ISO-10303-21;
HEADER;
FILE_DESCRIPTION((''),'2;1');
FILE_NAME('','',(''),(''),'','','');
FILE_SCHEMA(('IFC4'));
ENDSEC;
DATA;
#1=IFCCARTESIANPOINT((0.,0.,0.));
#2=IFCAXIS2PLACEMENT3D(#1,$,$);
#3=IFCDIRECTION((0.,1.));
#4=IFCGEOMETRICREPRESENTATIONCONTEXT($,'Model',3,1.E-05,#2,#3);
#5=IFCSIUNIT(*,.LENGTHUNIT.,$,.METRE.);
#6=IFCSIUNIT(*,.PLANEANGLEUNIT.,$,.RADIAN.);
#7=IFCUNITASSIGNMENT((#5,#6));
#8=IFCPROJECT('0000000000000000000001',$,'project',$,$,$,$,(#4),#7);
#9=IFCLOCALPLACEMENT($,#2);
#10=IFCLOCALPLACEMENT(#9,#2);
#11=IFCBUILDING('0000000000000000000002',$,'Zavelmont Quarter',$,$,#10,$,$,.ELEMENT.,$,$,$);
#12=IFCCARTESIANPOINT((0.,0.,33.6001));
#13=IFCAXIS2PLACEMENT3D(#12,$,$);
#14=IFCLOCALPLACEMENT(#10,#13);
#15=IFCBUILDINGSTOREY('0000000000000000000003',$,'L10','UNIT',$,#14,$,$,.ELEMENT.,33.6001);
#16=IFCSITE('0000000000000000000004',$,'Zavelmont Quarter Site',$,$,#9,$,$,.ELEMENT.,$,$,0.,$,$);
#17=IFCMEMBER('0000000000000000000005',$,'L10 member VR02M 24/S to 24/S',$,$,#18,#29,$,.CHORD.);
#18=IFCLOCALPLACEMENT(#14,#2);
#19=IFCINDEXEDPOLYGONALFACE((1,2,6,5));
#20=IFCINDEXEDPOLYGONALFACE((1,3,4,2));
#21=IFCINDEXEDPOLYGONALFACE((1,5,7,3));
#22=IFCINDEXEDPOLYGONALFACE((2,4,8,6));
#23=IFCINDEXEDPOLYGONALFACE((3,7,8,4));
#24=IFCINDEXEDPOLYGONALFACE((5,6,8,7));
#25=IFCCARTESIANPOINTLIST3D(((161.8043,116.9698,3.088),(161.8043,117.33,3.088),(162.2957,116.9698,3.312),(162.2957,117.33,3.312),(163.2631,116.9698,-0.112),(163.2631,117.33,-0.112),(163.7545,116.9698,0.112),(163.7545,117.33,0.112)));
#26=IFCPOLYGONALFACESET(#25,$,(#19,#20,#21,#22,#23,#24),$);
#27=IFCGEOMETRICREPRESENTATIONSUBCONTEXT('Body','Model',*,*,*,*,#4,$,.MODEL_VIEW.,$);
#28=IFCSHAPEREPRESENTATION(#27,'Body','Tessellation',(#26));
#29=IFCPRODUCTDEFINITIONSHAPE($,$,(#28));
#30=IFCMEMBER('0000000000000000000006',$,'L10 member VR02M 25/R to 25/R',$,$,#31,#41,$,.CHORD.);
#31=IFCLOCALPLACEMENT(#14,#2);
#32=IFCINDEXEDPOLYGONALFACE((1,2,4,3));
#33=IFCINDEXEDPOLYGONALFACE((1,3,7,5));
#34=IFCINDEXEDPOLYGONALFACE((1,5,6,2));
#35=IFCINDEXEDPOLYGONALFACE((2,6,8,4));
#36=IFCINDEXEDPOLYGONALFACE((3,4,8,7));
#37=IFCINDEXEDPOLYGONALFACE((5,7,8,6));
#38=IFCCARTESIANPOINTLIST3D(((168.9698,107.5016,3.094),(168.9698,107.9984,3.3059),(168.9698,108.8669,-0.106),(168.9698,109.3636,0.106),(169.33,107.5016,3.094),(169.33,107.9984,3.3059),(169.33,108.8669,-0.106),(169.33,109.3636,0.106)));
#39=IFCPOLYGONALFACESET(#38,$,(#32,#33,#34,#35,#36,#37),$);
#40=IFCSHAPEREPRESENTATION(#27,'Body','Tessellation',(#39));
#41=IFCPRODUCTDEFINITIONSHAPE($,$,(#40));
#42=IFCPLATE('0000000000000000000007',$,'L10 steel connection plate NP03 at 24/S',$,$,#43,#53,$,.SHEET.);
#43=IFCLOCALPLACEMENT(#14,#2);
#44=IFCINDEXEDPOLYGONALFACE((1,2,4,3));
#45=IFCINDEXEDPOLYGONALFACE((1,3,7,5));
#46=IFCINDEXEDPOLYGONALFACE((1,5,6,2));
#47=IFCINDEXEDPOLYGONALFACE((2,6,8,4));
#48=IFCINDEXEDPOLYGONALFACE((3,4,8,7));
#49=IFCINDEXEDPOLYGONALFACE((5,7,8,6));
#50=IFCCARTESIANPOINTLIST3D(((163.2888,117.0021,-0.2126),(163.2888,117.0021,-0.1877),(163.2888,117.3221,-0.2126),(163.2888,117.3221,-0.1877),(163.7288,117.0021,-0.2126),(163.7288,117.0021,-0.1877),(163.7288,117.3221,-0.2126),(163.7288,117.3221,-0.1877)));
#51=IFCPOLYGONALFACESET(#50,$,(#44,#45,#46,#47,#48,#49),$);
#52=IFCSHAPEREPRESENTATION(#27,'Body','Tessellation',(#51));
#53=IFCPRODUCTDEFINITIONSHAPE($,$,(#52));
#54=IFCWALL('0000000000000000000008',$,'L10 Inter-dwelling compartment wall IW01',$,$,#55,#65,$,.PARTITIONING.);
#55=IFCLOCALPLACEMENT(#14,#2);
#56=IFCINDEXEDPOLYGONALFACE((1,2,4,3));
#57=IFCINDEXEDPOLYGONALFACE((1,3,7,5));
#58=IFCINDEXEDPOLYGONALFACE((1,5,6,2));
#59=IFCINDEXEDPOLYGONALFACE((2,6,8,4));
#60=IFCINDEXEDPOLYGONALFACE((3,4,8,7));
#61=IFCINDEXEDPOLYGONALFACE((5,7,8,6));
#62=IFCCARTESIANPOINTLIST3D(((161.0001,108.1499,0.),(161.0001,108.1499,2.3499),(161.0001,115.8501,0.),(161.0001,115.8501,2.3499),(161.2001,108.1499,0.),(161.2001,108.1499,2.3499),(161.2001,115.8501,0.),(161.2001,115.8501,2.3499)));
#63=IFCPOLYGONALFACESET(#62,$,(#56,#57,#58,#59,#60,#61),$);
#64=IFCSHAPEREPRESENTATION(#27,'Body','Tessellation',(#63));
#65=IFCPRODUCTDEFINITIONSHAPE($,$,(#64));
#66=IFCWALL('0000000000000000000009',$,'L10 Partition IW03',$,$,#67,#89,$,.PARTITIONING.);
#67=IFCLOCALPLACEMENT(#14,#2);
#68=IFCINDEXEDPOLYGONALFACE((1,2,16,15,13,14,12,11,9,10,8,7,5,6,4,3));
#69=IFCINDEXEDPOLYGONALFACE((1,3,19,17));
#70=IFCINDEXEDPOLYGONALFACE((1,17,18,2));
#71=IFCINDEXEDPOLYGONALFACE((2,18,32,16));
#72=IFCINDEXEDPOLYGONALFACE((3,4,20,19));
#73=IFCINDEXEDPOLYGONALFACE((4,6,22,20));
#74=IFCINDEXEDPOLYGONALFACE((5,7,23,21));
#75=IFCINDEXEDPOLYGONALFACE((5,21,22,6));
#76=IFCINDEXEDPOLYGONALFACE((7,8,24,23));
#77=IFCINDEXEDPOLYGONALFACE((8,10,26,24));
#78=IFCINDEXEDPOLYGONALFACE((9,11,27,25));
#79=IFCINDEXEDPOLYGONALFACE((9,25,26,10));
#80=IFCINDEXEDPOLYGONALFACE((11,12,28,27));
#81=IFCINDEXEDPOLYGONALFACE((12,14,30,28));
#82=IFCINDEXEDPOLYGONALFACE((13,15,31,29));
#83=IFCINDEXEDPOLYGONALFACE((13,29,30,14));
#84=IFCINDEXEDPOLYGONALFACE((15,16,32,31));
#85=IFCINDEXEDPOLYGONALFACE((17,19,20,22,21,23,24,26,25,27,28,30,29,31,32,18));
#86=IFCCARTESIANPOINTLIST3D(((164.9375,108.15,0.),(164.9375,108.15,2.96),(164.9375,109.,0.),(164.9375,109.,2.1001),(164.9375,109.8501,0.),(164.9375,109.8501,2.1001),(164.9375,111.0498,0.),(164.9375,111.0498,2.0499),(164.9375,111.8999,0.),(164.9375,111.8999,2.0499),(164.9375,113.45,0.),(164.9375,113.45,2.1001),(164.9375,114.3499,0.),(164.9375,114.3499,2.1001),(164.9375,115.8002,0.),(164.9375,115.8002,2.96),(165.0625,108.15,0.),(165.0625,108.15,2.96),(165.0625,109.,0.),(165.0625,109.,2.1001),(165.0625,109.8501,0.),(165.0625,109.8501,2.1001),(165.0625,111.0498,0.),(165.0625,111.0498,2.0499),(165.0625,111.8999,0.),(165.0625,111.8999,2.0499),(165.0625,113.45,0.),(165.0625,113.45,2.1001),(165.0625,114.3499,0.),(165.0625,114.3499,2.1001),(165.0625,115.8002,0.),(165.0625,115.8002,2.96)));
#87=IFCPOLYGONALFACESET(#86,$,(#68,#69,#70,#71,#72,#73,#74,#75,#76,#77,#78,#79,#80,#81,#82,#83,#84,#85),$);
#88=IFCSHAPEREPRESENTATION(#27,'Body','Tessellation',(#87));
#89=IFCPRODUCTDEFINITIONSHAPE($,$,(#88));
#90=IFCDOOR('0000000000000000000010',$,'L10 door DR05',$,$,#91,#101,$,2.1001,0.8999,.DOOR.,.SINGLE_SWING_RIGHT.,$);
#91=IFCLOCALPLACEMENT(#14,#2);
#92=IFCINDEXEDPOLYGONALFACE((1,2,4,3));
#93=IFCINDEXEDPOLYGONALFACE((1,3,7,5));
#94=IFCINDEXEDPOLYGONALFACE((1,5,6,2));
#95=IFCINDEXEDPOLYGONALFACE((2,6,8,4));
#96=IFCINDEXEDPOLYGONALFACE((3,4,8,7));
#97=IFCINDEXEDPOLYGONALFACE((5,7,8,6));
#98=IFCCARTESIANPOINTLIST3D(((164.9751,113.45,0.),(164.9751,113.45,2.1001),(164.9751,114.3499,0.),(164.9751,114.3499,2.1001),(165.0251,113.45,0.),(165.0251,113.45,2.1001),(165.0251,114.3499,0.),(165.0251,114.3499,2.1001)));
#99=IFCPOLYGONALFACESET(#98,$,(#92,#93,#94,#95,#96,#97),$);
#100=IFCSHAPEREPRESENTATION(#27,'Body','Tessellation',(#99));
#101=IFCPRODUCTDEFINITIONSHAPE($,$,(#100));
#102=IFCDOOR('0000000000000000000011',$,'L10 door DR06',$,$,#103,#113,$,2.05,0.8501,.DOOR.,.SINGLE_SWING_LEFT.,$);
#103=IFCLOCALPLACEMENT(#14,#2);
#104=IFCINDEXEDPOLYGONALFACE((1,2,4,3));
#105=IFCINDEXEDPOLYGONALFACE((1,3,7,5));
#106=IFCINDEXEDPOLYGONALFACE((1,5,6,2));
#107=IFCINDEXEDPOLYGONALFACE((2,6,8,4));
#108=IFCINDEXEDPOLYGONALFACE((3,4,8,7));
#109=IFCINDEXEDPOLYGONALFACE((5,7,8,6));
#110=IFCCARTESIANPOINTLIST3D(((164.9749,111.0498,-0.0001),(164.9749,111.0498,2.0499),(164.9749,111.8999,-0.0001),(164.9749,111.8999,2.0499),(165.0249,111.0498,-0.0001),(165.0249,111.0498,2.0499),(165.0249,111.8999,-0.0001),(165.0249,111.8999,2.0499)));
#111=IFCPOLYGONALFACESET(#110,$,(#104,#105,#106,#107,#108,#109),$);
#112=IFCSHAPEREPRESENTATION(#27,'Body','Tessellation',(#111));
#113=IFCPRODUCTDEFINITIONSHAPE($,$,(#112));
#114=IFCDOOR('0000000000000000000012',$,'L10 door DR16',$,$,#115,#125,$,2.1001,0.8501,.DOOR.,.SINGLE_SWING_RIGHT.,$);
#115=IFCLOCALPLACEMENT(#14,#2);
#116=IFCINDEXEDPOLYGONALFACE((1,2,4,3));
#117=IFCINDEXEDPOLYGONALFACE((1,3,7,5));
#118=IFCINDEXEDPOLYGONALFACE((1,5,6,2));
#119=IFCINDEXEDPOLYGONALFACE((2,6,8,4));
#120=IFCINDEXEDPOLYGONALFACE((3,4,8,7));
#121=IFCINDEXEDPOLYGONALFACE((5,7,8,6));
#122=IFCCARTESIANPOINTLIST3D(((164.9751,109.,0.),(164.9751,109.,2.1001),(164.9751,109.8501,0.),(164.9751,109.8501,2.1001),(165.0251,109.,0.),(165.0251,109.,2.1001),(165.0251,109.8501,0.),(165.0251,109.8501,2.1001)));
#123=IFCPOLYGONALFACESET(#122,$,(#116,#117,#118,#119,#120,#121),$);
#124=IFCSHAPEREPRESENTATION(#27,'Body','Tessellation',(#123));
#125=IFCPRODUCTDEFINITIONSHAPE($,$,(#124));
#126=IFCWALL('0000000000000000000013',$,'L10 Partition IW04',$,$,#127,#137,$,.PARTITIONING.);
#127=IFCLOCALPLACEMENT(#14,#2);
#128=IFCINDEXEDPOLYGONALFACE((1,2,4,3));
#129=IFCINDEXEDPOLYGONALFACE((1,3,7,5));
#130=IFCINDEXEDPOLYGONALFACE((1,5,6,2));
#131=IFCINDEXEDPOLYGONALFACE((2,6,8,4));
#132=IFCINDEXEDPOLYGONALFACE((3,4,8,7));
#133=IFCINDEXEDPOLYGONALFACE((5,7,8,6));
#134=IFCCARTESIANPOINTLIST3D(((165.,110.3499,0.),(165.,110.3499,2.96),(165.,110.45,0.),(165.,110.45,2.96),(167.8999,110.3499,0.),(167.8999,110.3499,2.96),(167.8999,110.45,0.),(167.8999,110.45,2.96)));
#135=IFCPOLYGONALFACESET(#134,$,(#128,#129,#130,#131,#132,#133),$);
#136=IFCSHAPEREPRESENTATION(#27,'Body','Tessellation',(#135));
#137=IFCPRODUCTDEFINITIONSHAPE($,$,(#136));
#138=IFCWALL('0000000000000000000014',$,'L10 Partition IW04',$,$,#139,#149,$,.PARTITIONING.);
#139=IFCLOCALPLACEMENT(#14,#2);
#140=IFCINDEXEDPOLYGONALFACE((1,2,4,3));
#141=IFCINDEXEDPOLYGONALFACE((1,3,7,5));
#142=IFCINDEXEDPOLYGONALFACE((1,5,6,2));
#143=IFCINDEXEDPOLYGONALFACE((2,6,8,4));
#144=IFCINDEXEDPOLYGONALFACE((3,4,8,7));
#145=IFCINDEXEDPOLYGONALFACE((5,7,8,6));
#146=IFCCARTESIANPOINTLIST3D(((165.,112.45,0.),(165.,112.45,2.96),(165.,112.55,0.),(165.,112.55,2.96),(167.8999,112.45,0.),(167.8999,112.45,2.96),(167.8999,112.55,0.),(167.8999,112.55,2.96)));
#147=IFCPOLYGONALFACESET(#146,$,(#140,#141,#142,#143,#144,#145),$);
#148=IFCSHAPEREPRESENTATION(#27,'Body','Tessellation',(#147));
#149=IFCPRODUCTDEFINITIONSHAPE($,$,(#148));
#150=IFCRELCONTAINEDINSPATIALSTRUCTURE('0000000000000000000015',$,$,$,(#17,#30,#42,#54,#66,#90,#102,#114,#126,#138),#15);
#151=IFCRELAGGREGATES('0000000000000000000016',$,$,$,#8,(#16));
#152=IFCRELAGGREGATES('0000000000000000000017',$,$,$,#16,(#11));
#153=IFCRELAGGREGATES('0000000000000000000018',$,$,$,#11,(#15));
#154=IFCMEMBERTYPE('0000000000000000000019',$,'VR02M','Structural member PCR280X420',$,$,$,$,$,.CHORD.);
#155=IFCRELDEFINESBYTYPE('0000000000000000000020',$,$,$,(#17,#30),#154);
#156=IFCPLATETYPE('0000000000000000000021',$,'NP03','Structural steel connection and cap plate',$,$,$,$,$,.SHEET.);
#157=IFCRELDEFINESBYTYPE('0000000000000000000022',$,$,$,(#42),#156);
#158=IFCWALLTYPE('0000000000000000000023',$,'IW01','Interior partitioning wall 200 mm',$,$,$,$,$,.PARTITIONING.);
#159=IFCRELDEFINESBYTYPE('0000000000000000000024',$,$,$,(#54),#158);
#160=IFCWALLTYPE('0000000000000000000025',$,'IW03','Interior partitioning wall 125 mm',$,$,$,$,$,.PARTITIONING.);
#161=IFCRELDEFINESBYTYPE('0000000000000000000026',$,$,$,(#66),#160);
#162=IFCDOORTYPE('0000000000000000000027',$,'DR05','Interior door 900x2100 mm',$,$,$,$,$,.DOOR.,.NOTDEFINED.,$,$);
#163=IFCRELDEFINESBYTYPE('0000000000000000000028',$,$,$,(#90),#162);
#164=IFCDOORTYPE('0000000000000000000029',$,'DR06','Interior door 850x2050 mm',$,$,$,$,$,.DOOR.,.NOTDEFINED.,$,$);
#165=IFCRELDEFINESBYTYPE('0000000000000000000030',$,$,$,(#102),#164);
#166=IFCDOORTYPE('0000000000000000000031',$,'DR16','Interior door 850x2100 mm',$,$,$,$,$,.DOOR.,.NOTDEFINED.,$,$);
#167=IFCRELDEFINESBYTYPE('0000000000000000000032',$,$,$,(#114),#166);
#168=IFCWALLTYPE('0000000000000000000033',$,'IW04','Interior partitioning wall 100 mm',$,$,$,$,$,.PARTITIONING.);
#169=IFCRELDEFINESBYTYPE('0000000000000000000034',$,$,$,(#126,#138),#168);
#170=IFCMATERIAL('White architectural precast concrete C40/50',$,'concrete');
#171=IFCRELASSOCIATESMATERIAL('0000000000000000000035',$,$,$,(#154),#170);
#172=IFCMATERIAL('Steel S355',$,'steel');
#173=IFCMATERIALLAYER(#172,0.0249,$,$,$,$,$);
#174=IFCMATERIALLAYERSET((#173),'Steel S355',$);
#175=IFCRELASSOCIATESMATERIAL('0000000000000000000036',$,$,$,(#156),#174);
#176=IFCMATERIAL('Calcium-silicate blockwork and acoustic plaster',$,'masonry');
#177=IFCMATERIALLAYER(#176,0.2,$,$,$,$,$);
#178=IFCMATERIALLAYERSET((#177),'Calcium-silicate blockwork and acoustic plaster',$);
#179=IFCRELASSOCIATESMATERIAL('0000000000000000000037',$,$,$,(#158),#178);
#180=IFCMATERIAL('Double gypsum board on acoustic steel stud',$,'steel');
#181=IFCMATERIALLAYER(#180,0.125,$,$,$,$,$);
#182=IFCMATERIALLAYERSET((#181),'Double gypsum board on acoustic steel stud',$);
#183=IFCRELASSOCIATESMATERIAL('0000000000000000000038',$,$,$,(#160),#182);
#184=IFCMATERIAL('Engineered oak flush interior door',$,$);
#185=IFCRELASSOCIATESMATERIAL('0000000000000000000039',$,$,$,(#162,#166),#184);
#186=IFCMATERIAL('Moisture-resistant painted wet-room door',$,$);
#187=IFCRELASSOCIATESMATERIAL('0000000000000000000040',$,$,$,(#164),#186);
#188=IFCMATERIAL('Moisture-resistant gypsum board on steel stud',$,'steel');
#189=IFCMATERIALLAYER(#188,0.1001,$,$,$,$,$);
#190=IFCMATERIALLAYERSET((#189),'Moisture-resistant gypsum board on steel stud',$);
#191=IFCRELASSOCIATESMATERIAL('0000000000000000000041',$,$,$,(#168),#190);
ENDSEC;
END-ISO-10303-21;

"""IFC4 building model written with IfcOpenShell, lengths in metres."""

from ifc_helpers import new_model, si_unit, direction, frame, frame_2d, origin, origin_with_axes, origin_2d, place, context, subcontext, project, spatial, rectangle, extrude, material, layer, layer_set, material_profile, profile_set, type_object, element, fill, save


model = new_model("IFC4")

# Units and contexts
model_context = context("Model", 3, precision=1e-05, world=origin(), true_north=direction((0.0, 1.0)))
body_context = subcontext(model_context, "Body", "Model", "MODEL_VIEW")
ifc_project = project(units=[si_unit("LENGTHUNIT", "METRE"), si_unit("PLANEANGLEUNIT", "RADIAN")], contexts=[model_context])

# Site, building, storey
site_placement = place(None, origin())
site = spatial("IfcSite", under=ifc_project, at=site_placement, Name="Zavelmont Quarter Site", CompositionType="ELEMENT", RefElevation=0.0)
building_placement = place(site_placement, origin())
building = spatial("IfcBuilding", under=site, at=building_placement, Name="Zavelmont Quarter", CompositionType="ELEMENT")
storey_placement = place(building_placement, frame((0.0, 0.0, 33.6001)))
storey = spatial("IfcBuildingStorey", under=building, at=storey_placement, Name="L10", Description="UNIT", CompositionType="ELEMENT", Elevation=33.6001)

# Shared definitions
ifc_material_1 = material(Name="Steel S355", Category="steel")

# Members
ifc_material_2 = material(Name="White architectural precast concrete C40/50", Category="concrete")
ifc_material_profile_1 = material_profile(ifc_material_2, rectangle(XDim=0.3601, YDim=0.54, at=origin_2d()), Name="PCR280X420")
ifc_profile_set_1 = profile_set([ifc_material_profile_1], Name="White architectural precast concrete C40/50")
member_type = type_object("IfcMemberType", Name="VR02M", Description="Structural member PCR280X420", PredefinedType="CHORD", material=ifc_profile_set_1)
member_1_placement = place(storey_placement, frame((163.5088, 117.1499, 0.0), z_axis=(-0.414796, 0.0, 0.909914), x_axis=(0.0, -1.0, 0.0)))
element("IfcMember", 1, at=member_1_placement, inside=storey, type_object=member_type, Name="L10 member VR02M 24/S to 24/S", PredefinedType="CHORD", context=body_context, shape_type="SweptSolid", body=[
    extrude(rectangle(XDim=0.3601, YDim=0.54, at=origin_2d()), origin(), (0.0, 0.0, 1.0), 3.5168),
])
member_2_placement = place(storey_placement, frame((169.1499, 109.1152, 0.0), z_axis=(0.0, -0.39242, 0.919786), x_axis=(1.0, 0.0, 0.0)))
element("IfcMember", 2, at=member_2_placement, inside=storey, type_object=member_type, Name="L10 member VR02M 25/R to 25/R", PredefinedType="CHORD", context=body_context, shape_type="SweptSolid", body=[
    extrude(rectangle(XDim=0.3601, YDim=0.54, at=origin_2d()), origin(), (0.0, 0.0, 1.0), 3.479),
])

# Plate
ifc_layer_1 = layer(ifc_material_1, 0.0249)
ifc_layer_set_1 = layer_set([ifc_layer_1], Name="Steel S355")
plate_type = type_object("IfcPlateType", Name="NP03", Description="Structural steel connection and cap plate", PredefinedType="SHEET", material=ifc_layer_set_1)
plate_placement = place(storey_placement, frame((163.5088, 117.1621, -0.2126), z_axis=(0.0, 0.0, 1.0), x_axis=(1.0, 0.0, 0.0)))
element("IfcPlate", 3, at=plate_placement, inside=storey, type_object=plate_type, Name="L10 steel connection plate NP03 at 24/S", PredefinedType="SHEET", context=body_context, shape_type="SweptSolid", body=[
    extrude(rectangle(XDim=0.4399, YDim=0.3201, at=origin_2d()), origin(), (0.0, 0.0, 1.0), 0.0249),
])

# Wall
ifc_material_3 = material(Name="Calcium-silicate blockwork and acoustic plaster", Category="masonry")
ifc_layer_2 = layer(ifc_material_3, 0.2)
ifc_layer_set_2 = layer_set([ifc_layer_2], Name="Calcium-silicate blockwork and acoustic plaster")
wall_type_1 = type_object("IfcWallType", Name="IW01", Description="Interior partitioning wall 200 mm", PredefinedType="PARTITIONING", material=ifc_layer_set_2)
wall_1_placement = place(storey_placement, frame((161.1001, 108.1499, 0.0), z_axis=(0.0, 0.0, 1.0), x_axis=(0.0, 1.0, 0.0)))
element("IfcWall", 4, at=wall_1_placement, inside=storey, type_object=wall_type_1, Name="L10 Inter-dwelling compartment wall IW01", PredefinedType="PARTITIONING", context=body_context, shape_type="SweptSolid", body=[
    extrude(rectangle(XDim=7.7002, YDim=0.2, at=frame_2d((3.8501, 0.0))), origin(), (0.0, 0.0, 1.0), 2.3499),
])

# Wall, openings, doors
ifc_material_4 = material(Name="Double gypsum board on acoustic steel stud", Category="steel")
ifc_layer_3 = layer(ifc_material_4, 0.125)
ifc_layer_set_3 = layer_set([ifc_layer_3], Name="Double gypsum board on acoustic steel stud")
wall_type_2 = type_object("IfcWallType", Name="IW03", Description="Interior partitioning wall 125 mm", PredefinedType="PARTITIONING", material=ifc_layer_set_3)
wall_2_placement = place(storey_placement, frame((165.0, 108.1499, 0.0), z_axis=(0.0, 0.0, 1.0), x_axis=(0.0, 1.0, 0.0)))
wall_2 = element("IfcWall", 5, at=wall_2_placement, inside=storey, type_object=wall_type_2, Name="L10 Partition IW03", PredefinedType="PARTITIONING", context=body_context, shape_type="SweptSolid", body=[
    extrude(rectangle(XDim=7.6501, YDim=0.125, at=frame_2d((3.8252, 0.0))), origin(), (0.0, 0.0, 1.0), 2.96),
])
opening_1_placement = place(wall_2_placement, frame((0.8501, 0.0, 0.0)))
opening_1 = element("IfcOpeningElement", 6, at=opening_1_placement, cuts=wall_2, PredefinedType="OPENING", context=body_context, shape_type="SweptSolid", body=[
    extrude(rectangle(XDim=0.8501, YDim=2.1001, at=frame_2d((0.425, 1.05))), frame((0.0, 0.0745, 0.0), z_axis=(0.0, -1.0, 0.0), x_axis=(1.0, 0.0, 0.0)), (0.0, 0.0, 1.0), 0.1489),
])
opening_2_placement = place(wall_2_placement, frame((2.8999, 0.0, 0.0)))
opening_2 = element("IfcOpeningElement", 7, at=opening_2_placement, cuts=wall_2, PredefinedType="OPENING", context=body_context, shape_type="SweptSolid", body=[
    extrude(rectangle(XDim=0.8501, YDim=2.05, at=frame_2d((0.425, 1.0249))), frame((0.0, 0.0745, 0.0), z_axis=(0.0, -1.0, 0.0), x_axis=(1.0, 0.0, 0.0)), (0.0, 0.0, 1.0), 0.1489),
])
opening_3_placement = place(wall_2_placement, frame((5.3, 0.0, 0.0)))
opening_3 = element("IfcOpeningElement", 8, at=opening_3_placement, cuts=wall_2, PredefinedType="OPENING", context=body_context, shape_type="SweptSolid", body=[
    extrude(rectangle(XDim=0.8999, YDim=2.1001, at=frame_2d((0.45, 1.05))), frame((0.0, 0.0745, 0.0), z_axis=(0.0, -1.0, 0.0), x_axis=(1.0, 0.0, 0.0)), (0.0, 0.0, 1.0), 0.1489),
])
ifc_material_5 = material(Name="Engineered oak flush interior door")
door_type_1 = type_object("IfcDoorType", Name="DR05", Description="Interior door 900x2100 mm", OperationType="NOTDEFINED", PredefinedType="DOOR", material=ifc_material_5)
door_1_placement = place(opening_3_placement, origin_with_axes())
door_1 = element("IfcDoor", 9, at=door_1_placement, inside=storey, type_object=door_type_1, Name="L10 door DR05", OperationType="SINGLE_SWING_RIGHT", OverallHeight=2.1001, OverallWidth=0.8999, PredefinedType="DOOR", context=body_context, shape_type="SweptSolid", body=[
    extrude(rectangle(XDim=0.8999, YDim=2.1001, at=frame_2d((0.45, 1.05))), frame((0.0, 0.0249, 0.0), z_axis=(0.0, -1.0, 0.0), x_axis=(1.0, 0.0, 0.0)), (0.0, 0.0, 1.0), 0.05),
])
fill(opening_3, door_1)
ifc_material_6 = material(Name="Moisture-resistant painted wet-room door")
door_type_2 = type_object("IfcDoorType", Name="DR06", Description="Interior door 850x2050 mm", OperationType="NOTDEFINED", PredefinedType="DOOR", material=ifc_material_6)
door_2_placement = place(opening_2_placement, frame((0.8501, 0.0, 0.0), z_axis=(0.0, 0.0, 1.0), x_axis=(-1.0, 0.0, 0.0)))
door_2 = element("IfcDoor", 10, at=door_2_placement, inside=storey, type_object=door_type_2, Name="L10 door DR06", OperationType="SINGLE_SWING_LEFT", OverallHeight=2.05, OverallWidth=0.8501, PredefinedType="DOOR", context=body_context, shape_type="SweptSolid", body=[
    extrude(rectangle(XDim=0.8501, YDim=2.05, at=frame_2d((0.425, 1.0249))), frame((0.0, 0.0249, 0.0), z_axis=(0.0, -1.0, 0.0), x_axis=(1.0, 0.0, 0.0)), (0.0, 0.0, 1.0), 0.05),
])
fill(opening_2, door_2)
door_type_3 = type_object("IfcDoorType", Name="DR16", Description="Interior door 850x2100 mm", OperationType="NOTDEFINED", PredefinedType="DOOR", material=ifc_material_5)
door_3_placement = place(opening_1_placement, origin_with_axes())
door_3 = element("IfcDoor", 11, at=door_3_placement, inside=storey, type_object=door_type_3, Name="L10 door DR16", OperationType="SINGLE_SWING_RIGHT", OverallHeight=2.1001, OverallWidth=0.8501, PredefinedType="DOOR", context=body_context, shape_type="SweptSolid", body=[
    extrude(rectangle(XDim=0.8501, YDim=2.1001, at=frame_2d((0.425, 1.05))), frame((0.0, 0.0249, 0.0), z_axis=(0.0, -1.0, 0.0), x_axis=(1.0, 0.0, 0.0)), (0.0, 0.0, 1.0), 0.05),
])
fill(opening_1, door_3)

# Walls
ifc_material_7 = material(Name="Moisture-resistant gypsum board on steel stud", Category="steel")
ifc_layer_4 = layer(ifc_material_7, 0.1001)
ifc_layer_set_4 = layer_set([ifc_layer_4], Name="Moisture-resistant gypsum board on steel stud")
wall_type_3 = type_object("IfcWallType", Name="IW04", Description="Interior partitioning wall 100 mm", PredefinedType="PARTITIONING", material=ifc_layer_set_4)
for number, where, z_axis, x_axis, name in (
    (12, (165.0, 110.3999, 0.0), (0.0, 0.0, 1.0), (1.0, 0.0, 0.0), "L10 Partition IW04"),
    (13, (165.0, 112.5, 0.0), (0.0, 0.0, 1.0), (1.0, 0.0, 0.0), "L10 Partition IW04"),
):
    element("IfcWall", number, at=place(storey_placement, frame(where, z_axis=z_axis, x_axis=x_axis)), inside=storey, type_object=wall_type_3, Name=name, PredefinedType="PARTITIONING", context=body_context, shape_type="SweptSolid", body=[
        extrude(rectangle(XDim=2.8999, YDim=0.1001, at=frame_2d((1.45, 0.0))), origin(), (0.0, 0.0, 1.0), 2.96),
    ])

save(model, "model.ifc")
